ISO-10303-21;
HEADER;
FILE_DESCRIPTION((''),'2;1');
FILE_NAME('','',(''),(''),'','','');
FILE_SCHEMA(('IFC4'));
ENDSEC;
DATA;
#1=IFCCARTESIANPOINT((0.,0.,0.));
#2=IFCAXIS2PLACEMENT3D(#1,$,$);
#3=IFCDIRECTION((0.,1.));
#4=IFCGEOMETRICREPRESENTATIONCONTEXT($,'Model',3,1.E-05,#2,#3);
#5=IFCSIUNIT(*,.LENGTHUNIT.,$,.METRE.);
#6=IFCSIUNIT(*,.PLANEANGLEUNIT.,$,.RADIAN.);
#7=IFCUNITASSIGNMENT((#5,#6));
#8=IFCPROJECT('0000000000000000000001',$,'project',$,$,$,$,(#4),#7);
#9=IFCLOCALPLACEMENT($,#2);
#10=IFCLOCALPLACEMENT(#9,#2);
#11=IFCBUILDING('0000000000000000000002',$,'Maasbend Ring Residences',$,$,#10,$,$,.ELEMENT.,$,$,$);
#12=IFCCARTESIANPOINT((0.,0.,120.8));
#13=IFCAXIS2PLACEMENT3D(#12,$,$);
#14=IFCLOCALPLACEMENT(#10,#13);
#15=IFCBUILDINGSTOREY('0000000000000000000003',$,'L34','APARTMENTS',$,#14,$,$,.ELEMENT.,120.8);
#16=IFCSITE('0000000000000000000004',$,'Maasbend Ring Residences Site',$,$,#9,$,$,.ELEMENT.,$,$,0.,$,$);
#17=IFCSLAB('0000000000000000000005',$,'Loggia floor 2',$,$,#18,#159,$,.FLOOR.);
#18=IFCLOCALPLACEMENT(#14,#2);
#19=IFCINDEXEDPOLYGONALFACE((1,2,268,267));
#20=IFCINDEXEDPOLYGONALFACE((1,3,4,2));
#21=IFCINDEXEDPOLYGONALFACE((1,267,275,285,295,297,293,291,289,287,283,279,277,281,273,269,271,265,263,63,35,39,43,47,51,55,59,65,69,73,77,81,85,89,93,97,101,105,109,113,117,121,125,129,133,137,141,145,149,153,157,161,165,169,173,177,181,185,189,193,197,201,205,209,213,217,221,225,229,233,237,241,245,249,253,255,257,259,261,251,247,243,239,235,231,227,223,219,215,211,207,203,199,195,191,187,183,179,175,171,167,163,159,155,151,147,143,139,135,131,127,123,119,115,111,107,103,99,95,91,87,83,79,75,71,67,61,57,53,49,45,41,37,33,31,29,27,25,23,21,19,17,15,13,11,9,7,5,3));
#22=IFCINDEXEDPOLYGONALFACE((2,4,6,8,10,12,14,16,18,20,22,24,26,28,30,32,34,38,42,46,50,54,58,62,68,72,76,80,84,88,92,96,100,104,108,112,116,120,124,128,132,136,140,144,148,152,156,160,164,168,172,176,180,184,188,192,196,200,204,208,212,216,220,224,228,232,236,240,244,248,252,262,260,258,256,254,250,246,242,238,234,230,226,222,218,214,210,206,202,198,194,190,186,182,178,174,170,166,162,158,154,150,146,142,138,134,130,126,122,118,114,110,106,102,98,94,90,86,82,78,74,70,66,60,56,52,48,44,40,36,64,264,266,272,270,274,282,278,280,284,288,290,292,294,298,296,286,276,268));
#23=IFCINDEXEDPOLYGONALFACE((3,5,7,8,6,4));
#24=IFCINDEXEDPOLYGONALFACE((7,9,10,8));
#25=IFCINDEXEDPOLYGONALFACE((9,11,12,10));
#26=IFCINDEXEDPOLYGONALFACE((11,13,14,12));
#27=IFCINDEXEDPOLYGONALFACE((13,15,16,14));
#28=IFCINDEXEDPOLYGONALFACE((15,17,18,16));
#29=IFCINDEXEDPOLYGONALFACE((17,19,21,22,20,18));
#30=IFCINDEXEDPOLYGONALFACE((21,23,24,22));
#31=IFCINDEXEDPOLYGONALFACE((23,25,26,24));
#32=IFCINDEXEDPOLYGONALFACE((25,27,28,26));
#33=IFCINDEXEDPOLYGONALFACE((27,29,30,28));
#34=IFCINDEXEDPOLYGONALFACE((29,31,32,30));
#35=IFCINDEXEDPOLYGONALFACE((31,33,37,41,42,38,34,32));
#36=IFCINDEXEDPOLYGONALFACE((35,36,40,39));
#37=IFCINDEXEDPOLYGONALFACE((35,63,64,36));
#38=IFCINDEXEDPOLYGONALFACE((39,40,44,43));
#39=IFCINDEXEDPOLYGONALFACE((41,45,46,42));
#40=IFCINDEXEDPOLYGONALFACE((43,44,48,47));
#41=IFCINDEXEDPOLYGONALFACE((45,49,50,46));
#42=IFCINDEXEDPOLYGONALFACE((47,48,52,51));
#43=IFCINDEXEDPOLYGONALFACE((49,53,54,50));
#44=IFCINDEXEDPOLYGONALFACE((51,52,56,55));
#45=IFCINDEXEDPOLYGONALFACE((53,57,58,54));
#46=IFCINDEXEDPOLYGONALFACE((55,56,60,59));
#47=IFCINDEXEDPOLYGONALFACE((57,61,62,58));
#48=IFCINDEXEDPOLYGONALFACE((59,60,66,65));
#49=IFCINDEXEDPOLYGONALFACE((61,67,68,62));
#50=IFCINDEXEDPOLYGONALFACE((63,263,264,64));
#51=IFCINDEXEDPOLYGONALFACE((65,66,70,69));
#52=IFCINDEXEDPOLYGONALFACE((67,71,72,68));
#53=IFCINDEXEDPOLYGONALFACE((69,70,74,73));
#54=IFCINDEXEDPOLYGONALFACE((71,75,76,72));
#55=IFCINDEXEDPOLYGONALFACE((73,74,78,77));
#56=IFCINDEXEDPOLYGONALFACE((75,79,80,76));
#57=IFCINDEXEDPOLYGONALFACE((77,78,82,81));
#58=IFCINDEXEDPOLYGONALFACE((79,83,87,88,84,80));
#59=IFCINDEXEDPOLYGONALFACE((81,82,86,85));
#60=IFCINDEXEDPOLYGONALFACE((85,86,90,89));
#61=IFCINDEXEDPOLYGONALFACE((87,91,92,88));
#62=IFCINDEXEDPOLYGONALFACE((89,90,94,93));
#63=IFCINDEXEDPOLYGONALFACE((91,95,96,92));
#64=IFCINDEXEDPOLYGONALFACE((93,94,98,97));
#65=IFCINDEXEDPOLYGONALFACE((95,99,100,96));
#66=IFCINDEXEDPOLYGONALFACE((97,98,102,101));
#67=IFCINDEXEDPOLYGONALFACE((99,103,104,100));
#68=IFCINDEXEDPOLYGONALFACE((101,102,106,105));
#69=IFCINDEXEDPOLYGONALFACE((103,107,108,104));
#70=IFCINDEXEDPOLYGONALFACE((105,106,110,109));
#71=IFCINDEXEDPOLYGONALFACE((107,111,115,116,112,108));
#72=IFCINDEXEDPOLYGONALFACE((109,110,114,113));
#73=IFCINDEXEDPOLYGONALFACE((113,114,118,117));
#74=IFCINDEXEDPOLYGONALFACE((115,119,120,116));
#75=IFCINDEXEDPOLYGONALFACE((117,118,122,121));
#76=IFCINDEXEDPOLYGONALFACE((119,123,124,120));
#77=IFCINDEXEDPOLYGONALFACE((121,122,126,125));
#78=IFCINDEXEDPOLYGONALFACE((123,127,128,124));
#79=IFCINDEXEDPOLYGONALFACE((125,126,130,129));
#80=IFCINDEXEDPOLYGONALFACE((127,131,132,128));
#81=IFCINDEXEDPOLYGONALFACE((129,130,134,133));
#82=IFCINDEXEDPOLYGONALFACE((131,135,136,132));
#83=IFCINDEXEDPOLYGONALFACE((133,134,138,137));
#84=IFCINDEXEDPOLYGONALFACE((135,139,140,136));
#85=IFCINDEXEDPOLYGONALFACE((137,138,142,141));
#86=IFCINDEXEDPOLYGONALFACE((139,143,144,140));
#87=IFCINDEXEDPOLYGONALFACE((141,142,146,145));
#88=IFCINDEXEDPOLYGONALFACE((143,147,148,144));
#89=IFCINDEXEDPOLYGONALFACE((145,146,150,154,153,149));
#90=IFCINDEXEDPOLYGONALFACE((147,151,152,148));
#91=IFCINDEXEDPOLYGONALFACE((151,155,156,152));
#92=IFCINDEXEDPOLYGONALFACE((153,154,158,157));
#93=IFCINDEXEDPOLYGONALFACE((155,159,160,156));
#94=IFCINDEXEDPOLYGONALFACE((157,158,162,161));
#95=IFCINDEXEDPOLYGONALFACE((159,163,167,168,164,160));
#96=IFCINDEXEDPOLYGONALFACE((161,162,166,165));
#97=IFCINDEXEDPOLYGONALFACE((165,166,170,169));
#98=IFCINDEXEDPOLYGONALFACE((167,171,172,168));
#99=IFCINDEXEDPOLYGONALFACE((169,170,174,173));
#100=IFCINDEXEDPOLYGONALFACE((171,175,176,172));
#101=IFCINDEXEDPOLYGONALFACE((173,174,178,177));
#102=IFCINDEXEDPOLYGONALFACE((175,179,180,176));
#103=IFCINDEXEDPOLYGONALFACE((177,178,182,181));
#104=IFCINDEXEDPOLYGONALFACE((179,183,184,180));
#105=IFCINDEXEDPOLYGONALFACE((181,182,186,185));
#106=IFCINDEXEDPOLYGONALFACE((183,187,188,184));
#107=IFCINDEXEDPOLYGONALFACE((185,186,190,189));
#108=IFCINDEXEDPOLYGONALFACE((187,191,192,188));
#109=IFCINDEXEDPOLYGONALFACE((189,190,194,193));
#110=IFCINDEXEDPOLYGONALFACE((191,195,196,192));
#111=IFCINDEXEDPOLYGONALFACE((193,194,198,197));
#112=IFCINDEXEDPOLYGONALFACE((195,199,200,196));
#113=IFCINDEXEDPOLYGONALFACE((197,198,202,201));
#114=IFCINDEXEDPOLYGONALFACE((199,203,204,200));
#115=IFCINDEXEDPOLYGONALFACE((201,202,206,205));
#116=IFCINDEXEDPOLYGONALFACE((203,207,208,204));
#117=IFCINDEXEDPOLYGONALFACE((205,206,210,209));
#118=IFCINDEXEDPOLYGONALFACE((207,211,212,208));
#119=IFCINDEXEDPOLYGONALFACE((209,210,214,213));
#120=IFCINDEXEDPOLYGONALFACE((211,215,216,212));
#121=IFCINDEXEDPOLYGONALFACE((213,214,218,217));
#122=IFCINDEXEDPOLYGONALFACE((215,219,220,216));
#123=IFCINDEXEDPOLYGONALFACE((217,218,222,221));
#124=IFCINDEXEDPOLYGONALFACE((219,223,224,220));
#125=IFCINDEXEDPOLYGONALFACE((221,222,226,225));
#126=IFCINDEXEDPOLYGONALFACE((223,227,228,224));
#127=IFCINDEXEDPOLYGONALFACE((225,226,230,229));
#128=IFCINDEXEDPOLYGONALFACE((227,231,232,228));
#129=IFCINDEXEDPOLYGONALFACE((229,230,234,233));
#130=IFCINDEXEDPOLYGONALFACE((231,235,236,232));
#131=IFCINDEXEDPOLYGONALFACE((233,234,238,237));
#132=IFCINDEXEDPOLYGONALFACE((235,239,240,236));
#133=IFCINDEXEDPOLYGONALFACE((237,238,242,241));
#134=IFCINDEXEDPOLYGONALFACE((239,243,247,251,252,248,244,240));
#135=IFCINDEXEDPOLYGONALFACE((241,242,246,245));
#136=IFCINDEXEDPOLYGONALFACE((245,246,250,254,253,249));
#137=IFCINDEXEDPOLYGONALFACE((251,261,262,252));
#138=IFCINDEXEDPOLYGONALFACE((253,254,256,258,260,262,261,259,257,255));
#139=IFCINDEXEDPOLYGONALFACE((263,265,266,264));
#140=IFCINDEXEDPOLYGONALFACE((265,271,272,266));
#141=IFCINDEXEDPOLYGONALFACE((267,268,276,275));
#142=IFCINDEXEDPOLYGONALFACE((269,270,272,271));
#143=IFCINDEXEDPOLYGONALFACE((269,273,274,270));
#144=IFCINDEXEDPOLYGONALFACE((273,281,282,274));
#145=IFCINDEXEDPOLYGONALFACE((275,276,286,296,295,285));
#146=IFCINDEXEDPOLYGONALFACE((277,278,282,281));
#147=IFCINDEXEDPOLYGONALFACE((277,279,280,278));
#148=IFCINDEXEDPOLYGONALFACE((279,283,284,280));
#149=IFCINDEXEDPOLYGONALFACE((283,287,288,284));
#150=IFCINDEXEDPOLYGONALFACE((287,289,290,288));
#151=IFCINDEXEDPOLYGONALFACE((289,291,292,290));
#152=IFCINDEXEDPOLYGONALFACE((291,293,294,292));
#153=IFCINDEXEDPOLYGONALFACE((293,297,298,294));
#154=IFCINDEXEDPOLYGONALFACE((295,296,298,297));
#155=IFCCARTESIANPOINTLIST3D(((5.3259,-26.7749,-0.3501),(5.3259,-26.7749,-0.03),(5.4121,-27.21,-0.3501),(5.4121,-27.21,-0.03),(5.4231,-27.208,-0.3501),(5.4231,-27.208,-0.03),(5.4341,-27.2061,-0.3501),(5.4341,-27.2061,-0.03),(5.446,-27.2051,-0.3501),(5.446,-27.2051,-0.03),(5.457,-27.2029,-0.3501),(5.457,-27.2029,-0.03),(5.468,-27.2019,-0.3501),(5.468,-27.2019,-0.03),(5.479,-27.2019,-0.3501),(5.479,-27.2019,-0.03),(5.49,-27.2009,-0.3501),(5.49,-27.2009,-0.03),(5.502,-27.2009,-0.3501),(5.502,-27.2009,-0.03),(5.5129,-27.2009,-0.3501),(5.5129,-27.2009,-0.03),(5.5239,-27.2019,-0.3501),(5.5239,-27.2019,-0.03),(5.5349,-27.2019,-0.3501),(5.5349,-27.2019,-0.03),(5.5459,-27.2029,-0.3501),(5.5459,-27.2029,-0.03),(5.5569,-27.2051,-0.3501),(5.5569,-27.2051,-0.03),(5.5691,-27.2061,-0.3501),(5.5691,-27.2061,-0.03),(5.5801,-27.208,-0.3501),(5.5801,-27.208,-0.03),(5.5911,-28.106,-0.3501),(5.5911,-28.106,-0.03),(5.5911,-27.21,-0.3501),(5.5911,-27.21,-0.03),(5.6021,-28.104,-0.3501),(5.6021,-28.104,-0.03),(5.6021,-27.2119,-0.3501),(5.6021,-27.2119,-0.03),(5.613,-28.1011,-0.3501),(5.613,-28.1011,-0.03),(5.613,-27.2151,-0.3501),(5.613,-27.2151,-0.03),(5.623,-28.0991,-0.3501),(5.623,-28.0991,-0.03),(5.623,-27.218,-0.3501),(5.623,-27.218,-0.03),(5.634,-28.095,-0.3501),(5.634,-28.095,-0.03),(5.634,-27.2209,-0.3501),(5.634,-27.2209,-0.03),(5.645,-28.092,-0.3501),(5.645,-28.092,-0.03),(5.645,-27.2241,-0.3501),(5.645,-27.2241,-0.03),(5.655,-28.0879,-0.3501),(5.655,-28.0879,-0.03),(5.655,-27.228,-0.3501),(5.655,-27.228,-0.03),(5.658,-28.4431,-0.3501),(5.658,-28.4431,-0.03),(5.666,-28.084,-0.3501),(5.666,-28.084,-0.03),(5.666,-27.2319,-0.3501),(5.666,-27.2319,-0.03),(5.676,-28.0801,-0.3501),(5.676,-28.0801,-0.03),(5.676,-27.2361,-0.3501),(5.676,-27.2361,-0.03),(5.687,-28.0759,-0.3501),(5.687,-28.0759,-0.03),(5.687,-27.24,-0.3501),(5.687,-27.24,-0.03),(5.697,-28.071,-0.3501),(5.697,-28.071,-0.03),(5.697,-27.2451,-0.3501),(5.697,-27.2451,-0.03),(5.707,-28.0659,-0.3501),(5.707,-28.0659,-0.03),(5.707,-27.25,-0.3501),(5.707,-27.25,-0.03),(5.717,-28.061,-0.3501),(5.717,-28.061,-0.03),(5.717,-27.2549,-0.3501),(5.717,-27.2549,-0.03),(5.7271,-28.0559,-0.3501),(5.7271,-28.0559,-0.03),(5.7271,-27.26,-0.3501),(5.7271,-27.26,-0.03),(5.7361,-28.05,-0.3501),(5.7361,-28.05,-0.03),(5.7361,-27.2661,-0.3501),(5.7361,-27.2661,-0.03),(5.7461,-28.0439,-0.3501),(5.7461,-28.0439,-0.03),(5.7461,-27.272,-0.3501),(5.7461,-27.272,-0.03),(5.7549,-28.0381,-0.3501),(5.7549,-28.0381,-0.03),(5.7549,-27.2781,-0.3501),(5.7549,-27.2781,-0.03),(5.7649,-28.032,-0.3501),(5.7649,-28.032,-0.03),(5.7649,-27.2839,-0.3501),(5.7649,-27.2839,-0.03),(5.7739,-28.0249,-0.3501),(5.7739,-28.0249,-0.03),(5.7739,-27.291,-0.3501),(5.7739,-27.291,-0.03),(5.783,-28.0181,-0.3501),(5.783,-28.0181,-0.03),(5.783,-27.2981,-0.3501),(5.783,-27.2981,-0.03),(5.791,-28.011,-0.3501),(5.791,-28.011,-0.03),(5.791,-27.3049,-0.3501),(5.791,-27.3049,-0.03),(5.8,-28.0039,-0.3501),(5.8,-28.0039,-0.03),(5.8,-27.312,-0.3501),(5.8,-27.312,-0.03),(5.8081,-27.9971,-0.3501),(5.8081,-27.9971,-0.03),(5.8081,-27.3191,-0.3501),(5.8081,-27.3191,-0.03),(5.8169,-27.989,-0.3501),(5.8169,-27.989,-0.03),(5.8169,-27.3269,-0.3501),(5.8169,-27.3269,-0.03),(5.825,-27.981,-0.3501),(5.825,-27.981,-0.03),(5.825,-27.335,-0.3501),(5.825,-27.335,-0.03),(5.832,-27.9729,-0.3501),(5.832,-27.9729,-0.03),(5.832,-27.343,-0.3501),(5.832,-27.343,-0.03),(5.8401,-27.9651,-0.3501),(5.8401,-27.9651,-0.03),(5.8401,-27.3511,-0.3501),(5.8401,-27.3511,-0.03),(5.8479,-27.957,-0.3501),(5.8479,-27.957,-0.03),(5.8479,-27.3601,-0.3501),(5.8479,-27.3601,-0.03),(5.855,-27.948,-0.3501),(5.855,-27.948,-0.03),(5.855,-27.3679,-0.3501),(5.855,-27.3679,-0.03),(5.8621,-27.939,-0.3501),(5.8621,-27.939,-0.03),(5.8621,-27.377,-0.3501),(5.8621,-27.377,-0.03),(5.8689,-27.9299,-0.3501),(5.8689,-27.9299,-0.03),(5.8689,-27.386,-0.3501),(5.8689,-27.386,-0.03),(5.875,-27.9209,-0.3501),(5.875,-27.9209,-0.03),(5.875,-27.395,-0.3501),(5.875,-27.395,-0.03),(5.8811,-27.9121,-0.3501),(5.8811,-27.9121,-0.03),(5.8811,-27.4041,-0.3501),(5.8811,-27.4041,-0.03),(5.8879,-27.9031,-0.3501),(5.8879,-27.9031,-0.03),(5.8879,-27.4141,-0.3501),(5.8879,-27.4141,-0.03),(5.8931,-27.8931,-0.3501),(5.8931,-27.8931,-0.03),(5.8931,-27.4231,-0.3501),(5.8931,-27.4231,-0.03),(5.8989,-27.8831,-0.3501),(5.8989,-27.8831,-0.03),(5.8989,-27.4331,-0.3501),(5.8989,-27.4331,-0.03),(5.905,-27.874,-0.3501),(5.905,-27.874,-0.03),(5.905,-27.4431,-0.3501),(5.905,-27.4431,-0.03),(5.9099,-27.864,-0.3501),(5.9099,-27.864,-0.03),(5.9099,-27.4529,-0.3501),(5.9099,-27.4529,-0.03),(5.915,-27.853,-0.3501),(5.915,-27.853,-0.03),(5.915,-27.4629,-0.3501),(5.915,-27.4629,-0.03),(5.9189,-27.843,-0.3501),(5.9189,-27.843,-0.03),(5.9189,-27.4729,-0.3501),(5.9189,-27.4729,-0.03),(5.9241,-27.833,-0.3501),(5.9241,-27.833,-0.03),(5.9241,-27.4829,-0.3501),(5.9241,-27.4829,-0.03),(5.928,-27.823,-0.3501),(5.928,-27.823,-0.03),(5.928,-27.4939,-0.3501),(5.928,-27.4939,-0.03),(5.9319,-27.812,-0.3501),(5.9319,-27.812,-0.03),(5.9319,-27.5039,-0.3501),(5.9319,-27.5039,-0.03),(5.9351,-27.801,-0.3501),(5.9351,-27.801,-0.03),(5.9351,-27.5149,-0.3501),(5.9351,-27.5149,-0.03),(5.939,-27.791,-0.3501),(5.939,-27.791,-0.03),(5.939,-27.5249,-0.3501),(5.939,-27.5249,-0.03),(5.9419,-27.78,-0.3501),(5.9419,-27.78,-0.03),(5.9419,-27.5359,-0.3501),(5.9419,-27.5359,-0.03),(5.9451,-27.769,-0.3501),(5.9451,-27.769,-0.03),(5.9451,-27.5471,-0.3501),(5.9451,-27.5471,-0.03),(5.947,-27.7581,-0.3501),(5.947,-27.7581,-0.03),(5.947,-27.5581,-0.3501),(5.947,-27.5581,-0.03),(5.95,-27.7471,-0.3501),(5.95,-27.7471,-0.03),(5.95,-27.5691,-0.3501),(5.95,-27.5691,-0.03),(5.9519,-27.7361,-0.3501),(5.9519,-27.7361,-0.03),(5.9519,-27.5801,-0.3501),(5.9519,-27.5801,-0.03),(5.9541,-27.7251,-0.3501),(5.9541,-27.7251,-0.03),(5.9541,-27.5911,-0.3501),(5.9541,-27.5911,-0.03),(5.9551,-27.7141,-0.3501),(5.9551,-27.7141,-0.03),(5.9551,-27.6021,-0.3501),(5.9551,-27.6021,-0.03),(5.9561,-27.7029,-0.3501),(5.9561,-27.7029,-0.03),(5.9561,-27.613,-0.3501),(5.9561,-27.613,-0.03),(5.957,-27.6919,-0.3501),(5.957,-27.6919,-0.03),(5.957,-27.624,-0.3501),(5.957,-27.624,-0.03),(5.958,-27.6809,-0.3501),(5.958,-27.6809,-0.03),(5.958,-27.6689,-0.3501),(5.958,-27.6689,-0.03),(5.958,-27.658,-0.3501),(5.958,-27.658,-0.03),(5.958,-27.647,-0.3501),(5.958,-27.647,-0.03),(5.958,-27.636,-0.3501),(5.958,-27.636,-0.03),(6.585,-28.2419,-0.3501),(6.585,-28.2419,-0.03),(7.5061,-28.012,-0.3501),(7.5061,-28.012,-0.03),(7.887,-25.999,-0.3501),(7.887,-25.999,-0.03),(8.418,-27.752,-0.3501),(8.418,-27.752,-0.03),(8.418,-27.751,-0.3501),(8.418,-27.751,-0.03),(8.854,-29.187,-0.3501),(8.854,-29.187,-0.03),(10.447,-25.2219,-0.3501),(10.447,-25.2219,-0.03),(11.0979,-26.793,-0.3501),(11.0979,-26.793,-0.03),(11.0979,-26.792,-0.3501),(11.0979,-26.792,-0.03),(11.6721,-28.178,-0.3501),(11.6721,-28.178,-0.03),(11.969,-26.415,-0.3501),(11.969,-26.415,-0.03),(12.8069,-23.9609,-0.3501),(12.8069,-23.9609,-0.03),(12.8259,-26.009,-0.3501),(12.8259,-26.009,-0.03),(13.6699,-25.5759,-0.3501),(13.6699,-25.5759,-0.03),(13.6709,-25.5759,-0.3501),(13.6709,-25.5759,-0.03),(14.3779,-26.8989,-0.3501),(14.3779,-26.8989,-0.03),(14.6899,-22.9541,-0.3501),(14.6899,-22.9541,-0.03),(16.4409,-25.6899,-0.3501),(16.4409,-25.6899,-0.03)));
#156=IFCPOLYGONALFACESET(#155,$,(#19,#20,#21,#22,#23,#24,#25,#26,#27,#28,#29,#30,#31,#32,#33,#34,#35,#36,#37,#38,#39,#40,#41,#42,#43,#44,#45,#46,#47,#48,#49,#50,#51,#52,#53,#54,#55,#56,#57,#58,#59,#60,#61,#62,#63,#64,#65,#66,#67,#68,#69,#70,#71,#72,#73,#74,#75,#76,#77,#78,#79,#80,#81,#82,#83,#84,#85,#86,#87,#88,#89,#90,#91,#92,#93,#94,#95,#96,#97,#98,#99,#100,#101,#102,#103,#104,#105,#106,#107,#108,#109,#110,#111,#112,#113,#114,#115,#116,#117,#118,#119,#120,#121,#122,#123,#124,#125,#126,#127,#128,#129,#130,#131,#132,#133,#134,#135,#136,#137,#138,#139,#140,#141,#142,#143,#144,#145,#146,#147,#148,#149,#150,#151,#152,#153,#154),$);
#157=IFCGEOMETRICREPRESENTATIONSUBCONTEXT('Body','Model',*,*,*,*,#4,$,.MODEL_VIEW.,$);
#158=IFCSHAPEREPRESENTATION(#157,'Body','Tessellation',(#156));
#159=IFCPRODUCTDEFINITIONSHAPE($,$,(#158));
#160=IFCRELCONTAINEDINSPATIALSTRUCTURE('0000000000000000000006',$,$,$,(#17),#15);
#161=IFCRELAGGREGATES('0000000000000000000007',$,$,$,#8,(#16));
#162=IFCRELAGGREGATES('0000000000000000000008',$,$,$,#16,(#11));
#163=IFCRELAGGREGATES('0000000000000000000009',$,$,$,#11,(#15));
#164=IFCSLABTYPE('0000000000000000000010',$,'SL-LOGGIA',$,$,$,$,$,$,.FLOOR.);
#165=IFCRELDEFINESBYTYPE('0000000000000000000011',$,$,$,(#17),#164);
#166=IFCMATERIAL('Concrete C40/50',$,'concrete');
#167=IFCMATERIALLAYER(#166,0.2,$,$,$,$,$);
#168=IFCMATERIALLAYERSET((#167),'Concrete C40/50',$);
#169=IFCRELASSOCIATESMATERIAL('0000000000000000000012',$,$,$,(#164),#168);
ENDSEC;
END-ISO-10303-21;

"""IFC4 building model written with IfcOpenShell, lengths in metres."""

from ifc_helpers import new_model, si_unit, direction, frame, origin, place, context, subcontext, project, spatial, polyline, outline, extrude, material, layer, layer_set, type_object, element, save


model = new_model("IFC4")

# Units and contexts
model_context = context("Model", 3, precision=1e-05, world=origin(), true_north=direction((0.0, 1.0)))
body_context = subcontext(model_context, "Body", "Model", "MODEL_VIEW")
ifc_project = project(units=[si_unit("LENGTHUNIT", "METRE"), si_unit("PLANEANGLEUNIT", "RADIAN")], contexts=[model_context])

# Site, building, storey
site_placement = place(None, origin())
site = spatial("IfcSite", under=ifc_project, at=site_placement, Name="Maasbend Ring Residences Site", CompositionType="ELEMENT", RefElevation=0.0)
building_placement = place(site_placement, origin())
building = spatial("IfcBuilding", under=site, at=building_placement, Name="Maasbend Ring Residences", CompositionType="ELEMENT")
storey_placement = place(building_placement, frame((0.0, 0.0, 120.8)))
storey = spatial("IfcBuildingStorey", under=building, at=storey_placement, Name="L34", Description="APARTMENTS", CompositionType="ELEMENT", Elevation=120.8)

# Slab
ifc_material_1 = material(Name="Concrete C40/50", Category="concrete")
ifc_layer_1 = layer(ifc_material_1, 0.2)
ifc_layer_set_1 = layer_set([ifc_layer_1], Name="Concrete C40/50")
slab_type = type_object("IfcSlabType", Name="SL-LOGGIA", PredefinedType="FLOOR", material=ifc_layer_set_1)
slab_1_placement = place(storey_placement, frame((0.0, 0.0, -0.3501)))
element("IfcSlab", 1, at=slab_1_placement, inside=storey, type_object=slab_type, Name="Loggia floor 2", PredefinedType="FLOOR", context=body_context, shape_type="SweptSolid", body=[
    extrude(outline(polyline([(10.447, -25.2219), (12.8069, -23.9609), (14.6899, -22.9541), (14.6899, -22.9541), (14.6899, -22.9541), (16.4409, -25.6899), (16.4409, -25.6899), (16.4409, -25.6899), (14.3779, -26.8989), (14.3779, -26.8989), (14.3779, -26.8989), (13.6709, -25.5759), (13.6709, -25.5759), (13.6709, -25.5759), (13.6709, -25.5759), (13.6709, -25.5759), (13.6709, -25.5759), (13.6709, -25.5759), (13.6699, -25.5759), (13.6699, -25.5759), (13.6699, -25.5759), (13.6699, -25.5759), (13.6699, -25.5759), (13.6699, -25.5759), (13.6699, -25.5759), (13.6699, -25.5759), (13.6699, -25.5759), (13.6699, -25.5759), (12.8259, -26.009), (12.8259, -26.009), (11.969, -26.415), (11.969, -26.415), (11.0979, -26.792), (11.0979, -26.792), (11.0979, -26.792), (11.0979, -26.792), (11.0979, -26.792), (11.0979, -26.792), (11.0979, -26.792), (11.0979, -26.793), (11.0979, -26.793), (11.0979, -26.793), (11.0979, -26.793), (11.0979, -26.793), (11.0979, -26.793), (11.0979, -26.793), (11.0979, -26.793), (11.0979, -26.793), (11.0979, -26.793), (11.6721, -28.178), (11.6721, -28.178), (11.6721, -28.178), (8.854, -29.187), (8.854, -29.187), (8.854, -29.187), (8.418, -27.752), (8.418, -27.752), (8.418, -27.752), (8.418, -27.752), (8.418, -27.752), (8.418, -27.752), (8.418, -27.752), (8.418, -27.751), (8.418, -27.751), (8.418, -27.751), (8.418, -27.751), (8.418, -27.751), (8.418, -27.751), (8.418, -27.751), (8.418, -27.751), (8.418, -27.751), (8.418, -27.751), (7.5061, -28.012), (7.5061, -28.012), (6.585, -28.2419), (6.585, -28.2419), (5.658, -28.4431), (5.658, -28.4431), (5.658, -28.4431), (5.5911, -28.106), (5.6021, -28.104), (5.613, -28.1011), (5.623, -28.0991), (5.634, -28.095), (5.645, -28.092), (5.655, -28.0879), (5.666, -28.084), (5.676, -28.0801), (5.687, -28.0759), (5.697, -28.071), (5.707, -28.0659), (5.717, -28.061), (5.7271, -28.0559), (5.7361, -28.05), (5.7461, -28.0439), (5.7549, -28.0381), (5.7649, -28.032), (5.7739, -28.0249), (5.783, -28.0181), (5.791, -28.011), (5.8, -28.0039), (5.8081, -27.9971), (5.8169, -27.989), (5.825, -27.981), (5.832, -27.9729), (5.8401, -27.9651), (5.8479, -27.957), (5.855, -27.948), (5.8621, -27.939), (5.8689, -27.9299), (5.875, -27.9209), (5.8811, -27.9121), (5.8879, -27.9031), (5.8931, -27.8931), (5.8989, -27.8831), (5.905, -27.874), (5.9099, -27.864), (5.915, -27.853), (5.9189, -27.843), (5.9241, -27.833), (5.928, -27.823), (5.9319, -27.812), (5.9351, -27.801), (5.939, -27.791), (5.9419, -27.78), (5.9451, -27.769), (5.947, -27.7581), (5.95, -27.7471), (5.9519, -27.7361), (5.9541, -27.7251), (5.9551, -27.7141), (5.9561, -27.7029), (5.957, -27.6919), (5.958, -27.6809), (5.958, -27.6689), (5.958, -27.658), (5.958, -27.647), (5.958, -27.636), (5.957, -27.624), (5.9561, -27.613), (5.9551, -27.6021), (5.9541, -27.5911), (5.9519, -27.5801), (5.95, -27.5691), (5.947, -27.5581), (5.9451, -27.5471), (5.9419, -27.5359), (5.939, -27.5249), (5.9351, -27.5149), (5.9319, -27.5039), (5.928, -27.4939), (5.9241, -27.4829), (5.9189, -27.4729), (5.915, -27.4629), (5.9099, -27.4529), (5.905, -27.4431), (5.8989, -27.4331), (5.8931, -27.4231), (5.8879, -27.4141), (5.8811, -27.4041), (5.875, -27.395), (5.8689, -27.386), (5.8621, -27.377), (5.855, -27.3679), (5.8479, -27.3601), (5.8401, -27.3511), (5.832, -27.343), (5.825, -27.335), (5.8169, -27.3269), (5.8081, -27.3191), (5.8, -27.312), (5.791, -27.3049), (5.783, -27.2981), (5.7739, -27.291), (5.7649, -27.2839), (5.7549, -27.2781), (5.7461, -27.272), (5.7361, -27.2661), (5.7271, -27.26), (5.717, -27.2549), (5.707, -27.25), (5.697, -27.2451), (5.687, -27.24), (5.676, -27.2361), (5.666, -27.2319), (5.655, -27.228), (5.645, -27.2241), (5.634, -27.2209), (5.623, -27.218), (5.613, -27.2151), (5.6021, -27.2119), (5.5911, -27.21), (5.5801, -27.208), (5.5691, -27.2061), (5.5569, -27.2051), (5.5459, -27.2029), (5.5349, -27.2019), (5.5239, -27.2019), (5.5129, -27.2009), (5.502, -27.2009), (5.49, -27.2009), (5.479, -27.2019), (5.468, -27.2019), (5.457, -27.2029), (5.446, -27.2051), (5.4341, -27.2061), (5.4231, -27.208), (5.4121, -27.21), (5.3259, -26.7749), (5.3259, -26.7749), (5.3259, -26.7749), (7.887, -25.999), (10.447, -25.2219), (10.447, -25.2219), (10.447, -25.2219)])), origin(), (0.0, 0.0, 1.0), 0.3201),
])

save(model, "model.ifc")
